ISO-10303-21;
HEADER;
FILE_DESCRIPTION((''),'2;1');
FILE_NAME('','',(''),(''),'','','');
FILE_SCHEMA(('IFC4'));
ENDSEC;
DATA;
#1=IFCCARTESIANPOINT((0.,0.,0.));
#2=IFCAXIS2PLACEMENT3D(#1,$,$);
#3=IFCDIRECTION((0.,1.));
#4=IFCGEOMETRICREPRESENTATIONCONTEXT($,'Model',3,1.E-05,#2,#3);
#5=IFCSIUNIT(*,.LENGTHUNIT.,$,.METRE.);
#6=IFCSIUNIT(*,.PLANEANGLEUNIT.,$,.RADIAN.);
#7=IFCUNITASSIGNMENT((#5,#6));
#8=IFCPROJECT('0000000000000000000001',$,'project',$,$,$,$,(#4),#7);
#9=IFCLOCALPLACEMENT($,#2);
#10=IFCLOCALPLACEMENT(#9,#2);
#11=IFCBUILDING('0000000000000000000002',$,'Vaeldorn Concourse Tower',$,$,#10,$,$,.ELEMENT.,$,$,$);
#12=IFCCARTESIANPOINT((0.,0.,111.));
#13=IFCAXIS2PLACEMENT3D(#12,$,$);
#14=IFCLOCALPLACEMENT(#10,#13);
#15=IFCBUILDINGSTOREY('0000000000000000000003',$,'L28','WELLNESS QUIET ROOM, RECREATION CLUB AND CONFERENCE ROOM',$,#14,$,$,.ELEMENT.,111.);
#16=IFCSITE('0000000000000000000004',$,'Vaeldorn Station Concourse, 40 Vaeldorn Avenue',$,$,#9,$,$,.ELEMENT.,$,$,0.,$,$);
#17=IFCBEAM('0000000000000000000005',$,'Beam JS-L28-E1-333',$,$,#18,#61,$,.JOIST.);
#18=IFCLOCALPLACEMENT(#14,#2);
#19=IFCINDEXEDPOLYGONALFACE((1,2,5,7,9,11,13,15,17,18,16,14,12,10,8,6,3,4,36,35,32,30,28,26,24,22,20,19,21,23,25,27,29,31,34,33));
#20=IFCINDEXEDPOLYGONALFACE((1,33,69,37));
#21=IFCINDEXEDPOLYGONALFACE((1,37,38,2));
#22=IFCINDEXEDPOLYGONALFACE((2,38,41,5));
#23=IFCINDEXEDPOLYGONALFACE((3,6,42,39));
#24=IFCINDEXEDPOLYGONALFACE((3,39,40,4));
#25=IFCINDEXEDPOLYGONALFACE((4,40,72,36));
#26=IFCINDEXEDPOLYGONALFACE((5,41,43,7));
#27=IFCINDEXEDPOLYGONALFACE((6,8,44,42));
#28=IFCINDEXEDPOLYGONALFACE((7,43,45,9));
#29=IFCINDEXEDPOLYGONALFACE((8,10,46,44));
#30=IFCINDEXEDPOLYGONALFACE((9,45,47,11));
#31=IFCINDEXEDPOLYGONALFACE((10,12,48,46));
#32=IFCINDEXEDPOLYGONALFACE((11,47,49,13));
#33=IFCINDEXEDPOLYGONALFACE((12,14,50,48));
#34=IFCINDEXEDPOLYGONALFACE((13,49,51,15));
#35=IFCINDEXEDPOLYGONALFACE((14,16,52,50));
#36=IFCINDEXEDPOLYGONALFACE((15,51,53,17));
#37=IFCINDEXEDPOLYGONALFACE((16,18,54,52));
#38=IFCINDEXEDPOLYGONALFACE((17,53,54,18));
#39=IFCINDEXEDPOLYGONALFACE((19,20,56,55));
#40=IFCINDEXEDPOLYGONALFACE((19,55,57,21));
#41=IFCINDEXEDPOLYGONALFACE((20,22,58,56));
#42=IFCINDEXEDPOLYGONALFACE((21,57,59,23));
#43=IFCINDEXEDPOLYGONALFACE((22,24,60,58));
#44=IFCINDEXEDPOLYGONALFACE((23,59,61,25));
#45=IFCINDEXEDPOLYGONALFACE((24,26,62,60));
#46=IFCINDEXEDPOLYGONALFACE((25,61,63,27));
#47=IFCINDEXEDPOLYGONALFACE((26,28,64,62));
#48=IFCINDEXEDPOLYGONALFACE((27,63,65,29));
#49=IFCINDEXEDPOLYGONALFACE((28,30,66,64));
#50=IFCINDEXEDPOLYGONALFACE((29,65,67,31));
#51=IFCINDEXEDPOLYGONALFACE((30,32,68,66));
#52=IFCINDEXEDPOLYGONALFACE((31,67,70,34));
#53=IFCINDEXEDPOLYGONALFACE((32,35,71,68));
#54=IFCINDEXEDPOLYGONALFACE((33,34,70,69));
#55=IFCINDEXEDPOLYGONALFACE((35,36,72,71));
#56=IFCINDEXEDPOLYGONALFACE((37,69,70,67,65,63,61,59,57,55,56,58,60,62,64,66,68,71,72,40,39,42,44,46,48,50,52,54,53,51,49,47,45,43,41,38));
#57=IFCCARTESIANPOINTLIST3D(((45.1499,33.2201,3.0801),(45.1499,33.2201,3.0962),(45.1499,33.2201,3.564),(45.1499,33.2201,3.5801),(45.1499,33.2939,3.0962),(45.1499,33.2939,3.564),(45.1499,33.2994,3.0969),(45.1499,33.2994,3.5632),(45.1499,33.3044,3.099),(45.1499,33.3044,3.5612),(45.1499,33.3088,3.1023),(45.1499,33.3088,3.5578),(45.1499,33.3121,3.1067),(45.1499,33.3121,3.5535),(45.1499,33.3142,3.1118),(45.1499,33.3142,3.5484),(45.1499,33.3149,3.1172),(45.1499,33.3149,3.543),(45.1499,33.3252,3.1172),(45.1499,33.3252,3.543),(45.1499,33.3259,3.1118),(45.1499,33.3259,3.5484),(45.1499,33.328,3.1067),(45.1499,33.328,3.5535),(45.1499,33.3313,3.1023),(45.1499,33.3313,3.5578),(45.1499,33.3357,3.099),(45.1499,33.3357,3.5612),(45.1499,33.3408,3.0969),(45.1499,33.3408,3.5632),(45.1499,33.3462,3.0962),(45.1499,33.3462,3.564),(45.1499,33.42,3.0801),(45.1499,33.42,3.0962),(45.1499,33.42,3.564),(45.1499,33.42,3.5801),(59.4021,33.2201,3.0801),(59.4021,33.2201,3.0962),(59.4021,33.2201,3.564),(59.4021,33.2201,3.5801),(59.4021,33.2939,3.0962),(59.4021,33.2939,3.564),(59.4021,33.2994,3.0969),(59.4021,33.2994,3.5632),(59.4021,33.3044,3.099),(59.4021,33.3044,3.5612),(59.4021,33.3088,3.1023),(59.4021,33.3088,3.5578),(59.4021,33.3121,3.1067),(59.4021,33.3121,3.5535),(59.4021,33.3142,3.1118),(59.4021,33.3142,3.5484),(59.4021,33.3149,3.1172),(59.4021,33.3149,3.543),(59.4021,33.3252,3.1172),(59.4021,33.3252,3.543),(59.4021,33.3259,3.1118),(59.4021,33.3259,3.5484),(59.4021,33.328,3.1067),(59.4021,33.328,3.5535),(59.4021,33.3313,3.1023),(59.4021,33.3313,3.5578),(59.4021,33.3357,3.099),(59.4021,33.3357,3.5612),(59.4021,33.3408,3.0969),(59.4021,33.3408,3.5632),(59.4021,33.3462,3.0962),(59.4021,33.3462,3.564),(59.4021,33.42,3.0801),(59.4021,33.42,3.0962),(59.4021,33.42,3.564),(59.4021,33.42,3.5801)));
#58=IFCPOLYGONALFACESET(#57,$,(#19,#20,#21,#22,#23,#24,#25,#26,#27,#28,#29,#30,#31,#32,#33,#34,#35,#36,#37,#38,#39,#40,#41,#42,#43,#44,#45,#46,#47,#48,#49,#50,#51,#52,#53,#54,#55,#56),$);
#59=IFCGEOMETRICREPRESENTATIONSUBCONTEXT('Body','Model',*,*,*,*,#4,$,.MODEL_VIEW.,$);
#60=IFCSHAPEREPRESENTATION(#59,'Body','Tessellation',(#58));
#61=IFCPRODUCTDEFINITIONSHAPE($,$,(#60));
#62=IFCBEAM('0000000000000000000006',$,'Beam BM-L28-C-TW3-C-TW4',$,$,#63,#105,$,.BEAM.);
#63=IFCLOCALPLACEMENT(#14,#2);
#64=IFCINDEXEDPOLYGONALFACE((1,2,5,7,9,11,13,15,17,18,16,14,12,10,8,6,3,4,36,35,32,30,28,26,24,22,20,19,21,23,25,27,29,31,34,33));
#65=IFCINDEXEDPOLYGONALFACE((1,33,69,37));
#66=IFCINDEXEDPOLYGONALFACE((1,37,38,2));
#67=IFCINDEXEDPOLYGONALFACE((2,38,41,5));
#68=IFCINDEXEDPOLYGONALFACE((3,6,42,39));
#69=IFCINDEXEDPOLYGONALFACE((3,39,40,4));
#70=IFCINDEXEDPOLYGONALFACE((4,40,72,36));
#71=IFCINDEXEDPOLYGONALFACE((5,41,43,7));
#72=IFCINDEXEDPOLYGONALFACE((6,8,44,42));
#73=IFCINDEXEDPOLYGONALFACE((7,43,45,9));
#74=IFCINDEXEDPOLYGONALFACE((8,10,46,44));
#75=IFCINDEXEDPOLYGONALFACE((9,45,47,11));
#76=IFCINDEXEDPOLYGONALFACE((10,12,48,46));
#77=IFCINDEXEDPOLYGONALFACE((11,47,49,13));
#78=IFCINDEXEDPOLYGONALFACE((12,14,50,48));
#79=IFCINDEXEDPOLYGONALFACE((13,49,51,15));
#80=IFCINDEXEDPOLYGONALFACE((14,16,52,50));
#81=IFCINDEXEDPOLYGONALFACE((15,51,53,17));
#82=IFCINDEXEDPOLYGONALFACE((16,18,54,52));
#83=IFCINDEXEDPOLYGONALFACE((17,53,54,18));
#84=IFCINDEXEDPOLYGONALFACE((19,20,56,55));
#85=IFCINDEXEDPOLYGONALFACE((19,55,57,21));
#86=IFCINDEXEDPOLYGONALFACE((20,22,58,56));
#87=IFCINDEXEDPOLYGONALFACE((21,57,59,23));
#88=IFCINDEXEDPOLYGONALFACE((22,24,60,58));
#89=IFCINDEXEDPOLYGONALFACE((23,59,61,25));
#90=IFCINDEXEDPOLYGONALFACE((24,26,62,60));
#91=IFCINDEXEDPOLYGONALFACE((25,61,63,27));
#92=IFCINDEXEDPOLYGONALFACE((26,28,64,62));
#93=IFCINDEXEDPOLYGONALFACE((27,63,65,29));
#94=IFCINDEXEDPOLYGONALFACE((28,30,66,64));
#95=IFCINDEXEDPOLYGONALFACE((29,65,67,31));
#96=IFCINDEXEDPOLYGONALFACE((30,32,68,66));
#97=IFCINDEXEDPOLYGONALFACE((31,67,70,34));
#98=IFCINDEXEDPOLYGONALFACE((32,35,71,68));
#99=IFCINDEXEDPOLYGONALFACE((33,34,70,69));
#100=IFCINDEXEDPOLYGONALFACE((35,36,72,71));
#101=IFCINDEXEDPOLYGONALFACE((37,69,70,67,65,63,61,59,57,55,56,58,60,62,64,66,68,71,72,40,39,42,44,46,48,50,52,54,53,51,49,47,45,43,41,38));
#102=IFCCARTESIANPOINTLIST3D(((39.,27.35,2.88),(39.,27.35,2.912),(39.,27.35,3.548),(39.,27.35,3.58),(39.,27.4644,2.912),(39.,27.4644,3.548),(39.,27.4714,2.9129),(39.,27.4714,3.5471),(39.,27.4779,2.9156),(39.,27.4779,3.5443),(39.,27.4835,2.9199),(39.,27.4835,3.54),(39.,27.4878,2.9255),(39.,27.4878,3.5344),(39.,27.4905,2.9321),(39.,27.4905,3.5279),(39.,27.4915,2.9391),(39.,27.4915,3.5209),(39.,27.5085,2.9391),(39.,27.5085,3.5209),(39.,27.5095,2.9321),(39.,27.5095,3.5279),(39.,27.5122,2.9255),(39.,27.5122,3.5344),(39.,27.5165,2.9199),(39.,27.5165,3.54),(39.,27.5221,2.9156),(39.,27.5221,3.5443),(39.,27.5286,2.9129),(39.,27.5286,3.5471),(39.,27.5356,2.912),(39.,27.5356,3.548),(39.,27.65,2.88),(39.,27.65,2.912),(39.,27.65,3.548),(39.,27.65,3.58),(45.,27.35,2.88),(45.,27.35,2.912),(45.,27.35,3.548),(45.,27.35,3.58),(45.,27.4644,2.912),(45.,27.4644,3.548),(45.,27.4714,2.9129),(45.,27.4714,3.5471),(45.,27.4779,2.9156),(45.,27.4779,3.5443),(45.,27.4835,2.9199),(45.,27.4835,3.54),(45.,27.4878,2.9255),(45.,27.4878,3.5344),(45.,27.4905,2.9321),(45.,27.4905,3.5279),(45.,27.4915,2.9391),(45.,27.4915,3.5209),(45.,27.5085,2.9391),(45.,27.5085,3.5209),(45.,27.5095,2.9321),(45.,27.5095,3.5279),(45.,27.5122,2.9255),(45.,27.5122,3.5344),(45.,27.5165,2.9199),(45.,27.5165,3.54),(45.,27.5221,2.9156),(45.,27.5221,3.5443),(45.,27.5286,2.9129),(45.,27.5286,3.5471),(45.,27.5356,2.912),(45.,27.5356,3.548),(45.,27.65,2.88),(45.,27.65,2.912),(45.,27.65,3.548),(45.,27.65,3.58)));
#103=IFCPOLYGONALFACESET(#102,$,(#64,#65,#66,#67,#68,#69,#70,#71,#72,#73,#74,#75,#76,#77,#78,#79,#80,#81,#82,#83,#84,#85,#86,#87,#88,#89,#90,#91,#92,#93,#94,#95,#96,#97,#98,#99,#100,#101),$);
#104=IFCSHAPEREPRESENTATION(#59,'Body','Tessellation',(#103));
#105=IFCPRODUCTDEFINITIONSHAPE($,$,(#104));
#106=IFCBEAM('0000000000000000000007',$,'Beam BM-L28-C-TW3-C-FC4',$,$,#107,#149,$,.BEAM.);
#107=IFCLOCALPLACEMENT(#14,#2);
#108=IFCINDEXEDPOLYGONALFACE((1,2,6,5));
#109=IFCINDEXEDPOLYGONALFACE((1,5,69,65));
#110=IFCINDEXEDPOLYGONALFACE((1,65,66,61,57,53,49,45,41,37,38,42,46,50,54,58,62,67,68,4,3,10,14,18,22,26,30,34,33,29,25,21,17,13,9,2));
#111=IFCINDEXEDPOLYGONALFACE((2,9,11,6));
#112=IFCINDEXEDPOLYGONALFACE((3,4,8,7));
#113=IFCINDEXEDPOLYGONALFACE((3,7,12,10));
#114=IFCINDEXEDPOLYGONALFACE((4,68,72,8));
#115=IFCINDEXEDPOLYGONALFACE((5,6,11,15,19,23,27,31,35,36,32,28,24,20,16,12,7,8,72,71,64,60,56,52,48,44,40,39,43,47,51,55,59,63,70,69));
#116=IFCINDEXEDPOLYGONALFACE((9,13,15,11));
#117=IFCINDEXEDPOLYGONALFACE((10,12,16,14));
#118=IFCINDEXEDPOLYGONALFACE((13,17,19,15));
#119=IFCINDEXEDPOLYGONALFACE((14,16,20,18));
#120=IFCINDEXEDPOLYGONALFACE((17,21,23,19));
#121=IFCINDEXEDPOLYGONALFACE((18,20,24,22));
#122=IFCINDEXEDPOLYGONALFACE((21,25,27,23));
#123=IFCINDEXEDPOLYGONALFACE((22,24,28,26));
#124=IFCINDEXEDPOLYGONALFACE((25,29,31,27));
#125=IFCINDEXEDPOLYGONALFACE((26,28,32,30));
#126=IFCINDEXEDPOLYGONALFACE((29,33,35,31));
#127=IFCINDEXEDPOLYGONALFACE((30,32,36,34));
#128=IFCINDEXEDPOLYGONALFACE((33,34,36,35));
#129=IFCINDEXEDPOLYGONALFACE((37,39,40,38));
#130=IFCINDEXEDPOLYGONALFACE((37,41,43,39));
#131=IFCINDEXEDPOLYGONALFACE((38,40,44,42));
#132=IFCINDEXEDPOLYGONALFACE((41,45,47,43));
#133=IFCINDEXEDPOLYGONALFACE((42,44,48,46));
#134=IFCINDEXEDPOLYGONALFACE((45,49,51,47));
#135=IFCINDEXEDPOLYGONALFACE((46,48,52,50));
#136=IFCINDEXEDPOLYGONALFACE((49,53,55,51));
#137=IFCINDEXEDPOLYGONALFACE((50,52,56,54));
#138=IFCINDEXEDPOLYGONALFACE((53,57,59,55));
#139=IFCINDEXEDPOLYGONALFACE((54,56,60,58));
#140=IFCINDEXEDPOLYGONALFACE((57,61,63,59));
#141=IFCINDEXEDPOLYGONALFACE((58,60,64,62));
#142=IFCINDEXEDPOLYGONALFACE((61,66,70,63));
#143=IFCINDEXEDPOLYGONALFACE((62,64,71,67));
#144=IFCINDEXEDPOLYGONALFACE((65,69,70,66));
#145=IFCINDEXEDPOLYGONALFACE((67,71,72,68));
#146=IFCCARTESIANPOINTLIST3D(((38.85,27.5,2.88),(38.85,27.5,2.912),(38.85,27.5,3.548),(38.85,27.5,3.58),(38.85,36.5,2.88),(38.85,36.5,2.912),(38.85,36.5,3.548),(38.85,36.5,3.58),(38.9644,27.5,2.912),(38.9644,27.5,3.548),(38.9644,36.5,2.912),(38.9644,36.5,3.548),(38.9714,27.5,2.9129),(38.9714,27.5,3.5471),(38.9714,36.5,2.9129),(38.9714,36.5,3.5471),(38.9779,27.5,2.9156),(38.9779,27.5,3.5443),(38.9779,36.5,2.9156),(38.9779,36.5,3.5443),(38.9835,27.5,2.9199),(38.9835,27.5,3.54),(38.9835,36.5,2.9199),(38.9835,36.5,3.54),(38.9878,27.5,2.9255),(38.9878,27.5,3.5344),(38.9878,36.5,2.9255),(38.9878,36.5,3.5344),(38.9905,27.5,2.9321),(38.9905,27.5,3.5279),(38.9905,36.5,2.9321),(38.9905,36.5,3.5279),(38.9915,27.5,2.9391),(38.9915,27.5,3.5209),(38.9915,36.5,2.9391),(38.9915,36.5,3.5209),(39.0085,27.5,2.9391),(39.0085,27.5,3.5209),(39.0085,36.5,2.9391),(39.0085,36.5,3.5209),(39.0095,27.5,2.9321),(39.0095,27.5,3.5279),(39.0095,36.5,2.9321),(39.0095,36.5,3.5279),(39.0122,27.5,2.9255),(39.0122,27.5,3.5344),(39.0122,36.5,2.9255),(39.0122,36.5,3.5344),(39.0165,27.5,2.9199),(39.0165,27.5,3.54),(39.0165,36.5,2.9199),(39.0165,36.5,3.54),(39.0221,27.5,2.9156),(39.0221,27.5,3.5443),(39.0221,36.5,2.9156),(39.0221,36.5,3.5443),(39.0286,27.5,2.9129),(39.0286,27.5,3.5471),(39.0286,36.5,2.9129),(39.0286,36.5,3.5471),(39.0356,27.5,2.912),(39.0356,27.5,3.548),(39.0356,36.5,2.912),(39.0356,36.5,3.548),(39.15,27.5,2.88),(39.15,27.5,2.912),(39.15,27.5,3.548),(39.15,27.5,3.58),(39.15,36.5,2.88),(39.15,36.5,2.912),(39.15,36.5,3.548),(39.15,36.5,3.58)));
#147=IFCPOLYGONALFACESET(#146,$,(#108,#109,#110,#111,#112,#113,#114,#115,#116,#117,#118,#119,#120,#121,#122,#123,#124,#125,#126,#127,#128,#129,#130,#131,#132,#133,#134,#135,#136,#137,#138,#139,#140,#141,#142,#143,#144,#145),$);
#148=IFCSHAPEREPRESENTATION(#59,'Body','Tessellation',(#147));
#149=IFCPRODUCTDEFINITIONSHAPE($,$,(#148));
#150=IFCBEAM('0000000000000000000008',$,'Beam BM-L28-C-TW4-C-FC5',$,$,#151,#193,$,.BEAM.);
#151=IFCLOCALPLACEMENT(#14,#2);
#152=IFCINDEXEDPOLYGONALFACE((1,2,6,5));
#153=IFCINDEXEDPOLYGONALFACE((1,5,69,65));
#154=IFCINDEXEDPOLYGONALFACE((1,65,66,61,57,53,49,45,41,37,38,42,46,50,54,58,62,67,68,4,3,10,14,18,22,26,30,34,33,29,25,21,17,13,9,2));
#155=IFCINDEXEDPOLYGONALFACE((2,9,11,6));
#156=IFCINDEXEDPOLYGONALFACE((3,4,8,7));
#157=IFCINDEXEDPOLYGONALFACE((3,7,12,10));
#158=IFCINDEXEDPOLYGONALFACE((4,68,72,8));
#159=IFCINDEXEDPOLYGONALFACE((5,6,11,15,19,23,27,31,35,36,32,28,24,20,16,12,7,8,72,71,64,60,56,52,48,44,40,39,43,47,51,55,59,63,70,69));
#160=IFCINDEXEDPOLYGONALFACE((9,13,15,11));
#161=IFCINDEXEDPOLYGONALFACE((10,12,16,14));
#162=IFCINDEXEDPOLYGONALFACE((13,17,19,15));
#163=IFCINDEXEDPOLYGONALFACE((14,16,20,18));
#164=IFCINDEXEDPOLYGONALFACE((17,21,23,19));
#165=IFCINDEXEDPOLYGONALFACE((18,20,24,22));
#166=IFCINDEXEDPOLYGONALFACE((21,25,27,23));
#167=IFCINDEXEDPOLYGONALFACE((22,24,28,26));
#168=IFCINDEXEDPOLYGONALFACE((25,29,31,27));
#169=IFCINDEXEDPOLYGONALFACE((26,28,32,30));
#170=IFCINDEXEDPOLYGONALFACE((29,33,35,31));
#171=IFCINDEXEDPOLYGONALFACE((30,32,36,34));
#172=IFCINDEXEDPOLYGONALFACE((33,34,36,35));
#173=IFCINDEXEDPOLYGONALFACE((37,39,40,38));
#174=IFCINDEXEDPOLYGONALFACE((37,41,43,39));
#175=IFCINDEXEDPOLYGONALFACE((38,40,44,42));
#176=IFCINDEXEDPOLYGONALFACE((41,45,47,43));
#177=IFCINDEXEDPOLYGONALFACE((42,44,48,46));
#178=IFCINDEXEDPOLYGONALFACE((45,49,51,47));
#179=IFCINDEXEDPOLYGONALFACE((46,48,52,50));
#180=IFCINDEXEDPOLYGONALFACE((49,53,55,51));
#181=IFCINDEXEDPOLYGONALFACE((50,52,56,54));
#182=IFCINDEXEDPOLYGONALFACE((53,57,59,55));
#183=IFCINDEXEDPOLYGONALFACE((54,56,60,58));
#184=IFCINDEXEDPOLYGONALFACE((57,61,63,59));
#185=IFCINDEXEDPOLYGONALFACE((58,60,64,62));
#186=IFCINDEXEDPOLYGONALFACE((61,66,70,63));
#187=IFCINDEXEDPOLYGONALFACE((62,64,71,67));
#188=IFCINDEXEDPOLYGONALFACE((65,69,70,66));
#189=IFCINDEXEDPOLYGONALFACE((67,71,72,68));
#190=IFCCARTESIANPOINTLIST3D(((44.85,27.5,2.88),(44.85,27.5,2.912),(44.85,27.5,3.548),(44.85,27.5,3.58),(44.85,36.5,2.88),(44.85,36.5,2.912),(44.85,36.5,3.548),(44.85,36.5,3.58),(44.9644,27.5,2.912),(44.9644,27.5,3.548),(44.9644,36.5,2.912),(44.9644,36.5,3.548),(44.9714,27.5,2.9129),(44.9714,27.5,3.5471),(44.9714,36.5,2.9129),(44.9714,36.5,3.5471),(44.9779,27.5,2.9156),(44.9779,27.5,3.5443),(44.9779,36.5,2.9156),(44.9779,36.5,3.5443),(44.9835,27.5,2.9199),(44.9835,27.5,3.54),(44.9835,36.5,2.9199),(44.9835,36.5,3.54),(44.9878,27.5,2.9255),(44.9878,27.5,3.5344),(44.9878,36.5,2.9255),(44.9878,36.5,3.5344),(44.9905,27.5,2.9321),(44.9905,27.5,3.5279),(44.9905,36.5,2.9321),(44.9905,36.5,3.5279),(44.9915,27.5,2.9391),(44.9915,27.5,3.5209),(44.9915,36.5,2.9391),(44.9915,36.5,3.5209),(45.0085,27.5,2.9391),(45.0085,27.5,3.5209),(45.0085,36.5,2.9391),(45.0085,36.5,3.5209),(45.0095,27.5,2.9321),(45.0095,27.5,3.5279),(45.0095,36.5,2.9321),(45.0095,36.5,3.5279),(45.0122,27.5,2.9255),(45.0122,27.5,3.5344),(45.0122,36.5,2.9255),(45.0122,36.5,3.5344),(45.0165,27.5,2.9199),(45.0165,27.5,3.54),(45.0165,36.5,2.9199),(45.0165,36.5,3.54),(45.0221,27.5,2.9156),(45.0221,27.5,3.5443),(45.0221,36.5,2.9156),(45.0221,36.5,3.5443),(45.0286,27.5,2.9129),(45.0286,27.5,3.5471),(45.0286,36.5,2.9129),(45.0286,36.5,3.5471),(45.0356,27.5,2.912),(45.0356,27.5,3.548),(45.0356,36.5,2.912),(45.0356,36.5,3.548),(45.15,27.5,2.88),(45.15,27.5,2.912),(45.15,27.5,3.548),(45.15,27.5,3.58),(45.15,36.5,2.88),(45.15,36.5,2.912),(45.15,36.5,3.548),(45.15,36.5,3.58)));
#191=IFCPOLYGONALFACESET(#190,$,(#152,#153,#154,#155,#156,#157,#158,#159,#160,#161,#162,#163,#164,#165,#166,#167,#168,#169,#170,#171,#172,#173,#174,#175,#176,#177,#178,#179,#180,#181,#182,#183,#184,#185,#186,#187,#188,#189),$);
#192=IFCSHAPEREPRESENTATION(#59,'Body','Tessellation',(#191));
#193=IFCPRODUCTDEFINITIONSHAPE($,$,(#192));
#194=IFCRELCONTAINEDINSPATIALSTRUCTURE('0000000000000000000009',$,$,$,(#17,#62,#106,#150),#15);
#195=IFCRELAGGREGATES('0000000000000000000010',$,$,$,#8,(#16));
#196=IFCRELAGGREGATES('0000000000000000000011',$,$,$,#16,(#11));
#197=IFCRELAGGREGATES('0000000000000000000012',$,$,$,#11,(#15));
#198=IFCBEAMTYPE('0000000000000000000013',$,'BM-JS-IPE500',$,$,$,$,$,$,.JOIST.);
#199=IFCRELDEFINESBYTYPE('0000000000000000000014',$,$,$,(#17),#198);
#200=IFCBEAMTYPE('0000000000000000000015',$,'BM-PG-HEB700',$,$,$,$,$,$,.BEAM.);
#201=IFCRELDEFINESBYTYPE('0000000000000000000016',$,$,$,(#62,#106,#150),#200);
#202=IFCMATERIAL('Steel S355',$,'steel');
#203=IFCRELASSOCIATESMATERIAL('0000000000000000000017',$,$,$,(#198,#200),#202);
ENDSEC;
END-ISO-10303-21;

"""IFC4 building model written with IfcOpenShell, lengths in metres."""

from ifc_helpers import new_model, si_unit, direction, frame, origin, origin_2d, place, context, subcontext, project, spatial, i_section, extrude, source, transform, mapped, material, material_profile, profile_set, type_object, element, save


model = new_model("IFC4")

# Units and contexts
model_context = context("Model", 3, precision=1e-05, world=origin(), true_north=direction((0.0, 1.0)))
body_context = subcontext(model_context, "Body", "Model", "MODEL_VIEW")
ifc_project = project(units=[si_unit("LENGTHUNIT", "METRE"), si_unit("PLANEANGLEUNIT", "RADIAN")], contexts=[model_context])

# Site, building, storey
site_placement = place(None, origin())
site = spatial("IfcSite", under=ifc_project, at=site_placement, Name="Vaeldorn Station Concourse, 40 Vaeldorn Avenue", CompositionType="ELEMENT", RefElevation=0.0)
building_placement = place(site_placement, origin())
building = spatial("IfcBuilding", under=site, at=building_placement, Name="Vaeldorn Concourse Tower", CompositionType="ELEMENT")
storey_placement = place(building_placement, frame((0.0, 0.0, 111.0)))
storey = spatial("IfcBuildingStorey", under=building, at=storey_placement, Name="L28", Description="WELLNESS QUIET ROOM, RECREATION CLUB AND CONFERENCE ROOM", CompositionType="ELEMENT", Elevation=111.0)

# Beams
ifc_material_1 = material(Name="Steel S355", Category="steel")
ifc_material_profile_1 = material_profile(ifc_material_1, i_section(OverallWidth=0.2, OverallDepth=0.5, WebThickness=0.0103, FlangeThickness=0.0161, FilletRadius=0.021, at=origin_2d()), Name="IPE 500")
ifc_profile_set_1 = profile_set([ifc_material_profile_1], Name="Steel S355")
beam_type_1 = type_object("IfcBeamType", Name="BM-JS-IPE500", PredefinedType="JOIST", material=ifc_profile_set_1)
shared_shape_1 = source(origin(), body_context, "Body", "SweptSolid", [
    extrude(i_section(OverallWidth=0.2, OverallDepth=0.5, WebThickness=0.0103, FlangeThickness=0.0161, FilletRadius=0.021, at=origin_2d()), origin(), (0.0, 0.0, 1.0), 14.2522),
])
beam_1_placement = place(storey_placement, frame((45.1499, 33.3201, 3.3301), z_axis=(1.0, 0.0, 0.0), x_axis=(0.0, 1.0, 0.0)))
element("IfcBeam", 1, at=beam_1_placement, inside=storey, type_object=beam_type_1, Name="Beam JS-L28-E1-333", PredefinedType="JOIST", context=body_context, shape_type="MappedRepresentation", body=[
    mapped(shared_shape_1, transform((0.0, 0.0, 0.0), scale=1.0)),
])
ifc_material_profile_2 = material_profile(ifc_material_1, i_section(OverallWidth=0.3, OverallDepth=0.7, WebThickness=0.0171, FlangeThickness=0.032, FilletRadius=0.0271, at=origin_2d()), Name="HEB 700")
ifc_profile_set_2 = profile_set([ifc_material_profile_2], Name="Steel S355")
beam_type_2 = type_object("IfcBeamType", Name="BM-PG-HEB700", PredefinedType="BEAM", material=ifc_profile_set_2)
shared_shape_2 = source(origin(), body_context, "Body", "SweptSolid", [
    extrude(i_section(OverallWidth=0.3, OverallDepth=0.7, WebThickness=0.0171, FlangeThickness=0.032, FilletRadius=0.0271, at=origin_2d()), origin(), (0.0, 0.0, 1.0), 6.0),
])
beam_2_placement = place(storey_placement, frame((39.0, 27.5, 3.23), z_axis=(1.0, 0.0, 0.0), x_axis=(0.0, 1.0, 0.0)))
element("IfcBeam", 2, at=beam_2_placement, inside=storey, type_object=beam_type_2, Name="Beam BM-L28-C-TW3-C-TW4", PredefinedType="BEAM", context=body_context, shape_type="MappedRepresentation", body=[
    mapped(shared_shape_2, transform((0.0, 0.0, 0.0), scale=1.0)),
])
shared_shape_3 = source(origin(), body_context, "Body", "SweptSolid", [
    extrude(i_section(OverallWidth=0.3, OverallDepth=0.7, WebThickness=0.0171, FlangeThickness=0.032, FilletRadius=0.0271, at=origin_2d()), origin(), (0.0, 0.0, 1.0), 9.0),
])
for number, where, z_axis, x_axis, name in (
    (3, (39.0, 27.5, 3.23), (0.0, 1.0, 0.0), (-1.0, 0.0, 0.0), "Beam BM-L28-C-TW3-C-FC4"),
    (4, (45.0, 27.5, 3.23), (0.0, 1.0, 0.0), (-1.0, 0.0, 0.0), "Beam BM-L28-C-TW4-C-FC5"),
):
    element("IfcBeam", number, at=place(storey_placement, frame(where, z_axis=z_axis, x_axis=x_axis)), inside=storey, type_object=beam_type_2, Name=name, PredefinedType="BEAM", context=body_context, shape_type="MappedRepresentation", body=[
        mapped(shared_shape_3, transform((0.0, 0.0, 0.0), scale=1.0)),
    ])

save(model, "model.ifc")
